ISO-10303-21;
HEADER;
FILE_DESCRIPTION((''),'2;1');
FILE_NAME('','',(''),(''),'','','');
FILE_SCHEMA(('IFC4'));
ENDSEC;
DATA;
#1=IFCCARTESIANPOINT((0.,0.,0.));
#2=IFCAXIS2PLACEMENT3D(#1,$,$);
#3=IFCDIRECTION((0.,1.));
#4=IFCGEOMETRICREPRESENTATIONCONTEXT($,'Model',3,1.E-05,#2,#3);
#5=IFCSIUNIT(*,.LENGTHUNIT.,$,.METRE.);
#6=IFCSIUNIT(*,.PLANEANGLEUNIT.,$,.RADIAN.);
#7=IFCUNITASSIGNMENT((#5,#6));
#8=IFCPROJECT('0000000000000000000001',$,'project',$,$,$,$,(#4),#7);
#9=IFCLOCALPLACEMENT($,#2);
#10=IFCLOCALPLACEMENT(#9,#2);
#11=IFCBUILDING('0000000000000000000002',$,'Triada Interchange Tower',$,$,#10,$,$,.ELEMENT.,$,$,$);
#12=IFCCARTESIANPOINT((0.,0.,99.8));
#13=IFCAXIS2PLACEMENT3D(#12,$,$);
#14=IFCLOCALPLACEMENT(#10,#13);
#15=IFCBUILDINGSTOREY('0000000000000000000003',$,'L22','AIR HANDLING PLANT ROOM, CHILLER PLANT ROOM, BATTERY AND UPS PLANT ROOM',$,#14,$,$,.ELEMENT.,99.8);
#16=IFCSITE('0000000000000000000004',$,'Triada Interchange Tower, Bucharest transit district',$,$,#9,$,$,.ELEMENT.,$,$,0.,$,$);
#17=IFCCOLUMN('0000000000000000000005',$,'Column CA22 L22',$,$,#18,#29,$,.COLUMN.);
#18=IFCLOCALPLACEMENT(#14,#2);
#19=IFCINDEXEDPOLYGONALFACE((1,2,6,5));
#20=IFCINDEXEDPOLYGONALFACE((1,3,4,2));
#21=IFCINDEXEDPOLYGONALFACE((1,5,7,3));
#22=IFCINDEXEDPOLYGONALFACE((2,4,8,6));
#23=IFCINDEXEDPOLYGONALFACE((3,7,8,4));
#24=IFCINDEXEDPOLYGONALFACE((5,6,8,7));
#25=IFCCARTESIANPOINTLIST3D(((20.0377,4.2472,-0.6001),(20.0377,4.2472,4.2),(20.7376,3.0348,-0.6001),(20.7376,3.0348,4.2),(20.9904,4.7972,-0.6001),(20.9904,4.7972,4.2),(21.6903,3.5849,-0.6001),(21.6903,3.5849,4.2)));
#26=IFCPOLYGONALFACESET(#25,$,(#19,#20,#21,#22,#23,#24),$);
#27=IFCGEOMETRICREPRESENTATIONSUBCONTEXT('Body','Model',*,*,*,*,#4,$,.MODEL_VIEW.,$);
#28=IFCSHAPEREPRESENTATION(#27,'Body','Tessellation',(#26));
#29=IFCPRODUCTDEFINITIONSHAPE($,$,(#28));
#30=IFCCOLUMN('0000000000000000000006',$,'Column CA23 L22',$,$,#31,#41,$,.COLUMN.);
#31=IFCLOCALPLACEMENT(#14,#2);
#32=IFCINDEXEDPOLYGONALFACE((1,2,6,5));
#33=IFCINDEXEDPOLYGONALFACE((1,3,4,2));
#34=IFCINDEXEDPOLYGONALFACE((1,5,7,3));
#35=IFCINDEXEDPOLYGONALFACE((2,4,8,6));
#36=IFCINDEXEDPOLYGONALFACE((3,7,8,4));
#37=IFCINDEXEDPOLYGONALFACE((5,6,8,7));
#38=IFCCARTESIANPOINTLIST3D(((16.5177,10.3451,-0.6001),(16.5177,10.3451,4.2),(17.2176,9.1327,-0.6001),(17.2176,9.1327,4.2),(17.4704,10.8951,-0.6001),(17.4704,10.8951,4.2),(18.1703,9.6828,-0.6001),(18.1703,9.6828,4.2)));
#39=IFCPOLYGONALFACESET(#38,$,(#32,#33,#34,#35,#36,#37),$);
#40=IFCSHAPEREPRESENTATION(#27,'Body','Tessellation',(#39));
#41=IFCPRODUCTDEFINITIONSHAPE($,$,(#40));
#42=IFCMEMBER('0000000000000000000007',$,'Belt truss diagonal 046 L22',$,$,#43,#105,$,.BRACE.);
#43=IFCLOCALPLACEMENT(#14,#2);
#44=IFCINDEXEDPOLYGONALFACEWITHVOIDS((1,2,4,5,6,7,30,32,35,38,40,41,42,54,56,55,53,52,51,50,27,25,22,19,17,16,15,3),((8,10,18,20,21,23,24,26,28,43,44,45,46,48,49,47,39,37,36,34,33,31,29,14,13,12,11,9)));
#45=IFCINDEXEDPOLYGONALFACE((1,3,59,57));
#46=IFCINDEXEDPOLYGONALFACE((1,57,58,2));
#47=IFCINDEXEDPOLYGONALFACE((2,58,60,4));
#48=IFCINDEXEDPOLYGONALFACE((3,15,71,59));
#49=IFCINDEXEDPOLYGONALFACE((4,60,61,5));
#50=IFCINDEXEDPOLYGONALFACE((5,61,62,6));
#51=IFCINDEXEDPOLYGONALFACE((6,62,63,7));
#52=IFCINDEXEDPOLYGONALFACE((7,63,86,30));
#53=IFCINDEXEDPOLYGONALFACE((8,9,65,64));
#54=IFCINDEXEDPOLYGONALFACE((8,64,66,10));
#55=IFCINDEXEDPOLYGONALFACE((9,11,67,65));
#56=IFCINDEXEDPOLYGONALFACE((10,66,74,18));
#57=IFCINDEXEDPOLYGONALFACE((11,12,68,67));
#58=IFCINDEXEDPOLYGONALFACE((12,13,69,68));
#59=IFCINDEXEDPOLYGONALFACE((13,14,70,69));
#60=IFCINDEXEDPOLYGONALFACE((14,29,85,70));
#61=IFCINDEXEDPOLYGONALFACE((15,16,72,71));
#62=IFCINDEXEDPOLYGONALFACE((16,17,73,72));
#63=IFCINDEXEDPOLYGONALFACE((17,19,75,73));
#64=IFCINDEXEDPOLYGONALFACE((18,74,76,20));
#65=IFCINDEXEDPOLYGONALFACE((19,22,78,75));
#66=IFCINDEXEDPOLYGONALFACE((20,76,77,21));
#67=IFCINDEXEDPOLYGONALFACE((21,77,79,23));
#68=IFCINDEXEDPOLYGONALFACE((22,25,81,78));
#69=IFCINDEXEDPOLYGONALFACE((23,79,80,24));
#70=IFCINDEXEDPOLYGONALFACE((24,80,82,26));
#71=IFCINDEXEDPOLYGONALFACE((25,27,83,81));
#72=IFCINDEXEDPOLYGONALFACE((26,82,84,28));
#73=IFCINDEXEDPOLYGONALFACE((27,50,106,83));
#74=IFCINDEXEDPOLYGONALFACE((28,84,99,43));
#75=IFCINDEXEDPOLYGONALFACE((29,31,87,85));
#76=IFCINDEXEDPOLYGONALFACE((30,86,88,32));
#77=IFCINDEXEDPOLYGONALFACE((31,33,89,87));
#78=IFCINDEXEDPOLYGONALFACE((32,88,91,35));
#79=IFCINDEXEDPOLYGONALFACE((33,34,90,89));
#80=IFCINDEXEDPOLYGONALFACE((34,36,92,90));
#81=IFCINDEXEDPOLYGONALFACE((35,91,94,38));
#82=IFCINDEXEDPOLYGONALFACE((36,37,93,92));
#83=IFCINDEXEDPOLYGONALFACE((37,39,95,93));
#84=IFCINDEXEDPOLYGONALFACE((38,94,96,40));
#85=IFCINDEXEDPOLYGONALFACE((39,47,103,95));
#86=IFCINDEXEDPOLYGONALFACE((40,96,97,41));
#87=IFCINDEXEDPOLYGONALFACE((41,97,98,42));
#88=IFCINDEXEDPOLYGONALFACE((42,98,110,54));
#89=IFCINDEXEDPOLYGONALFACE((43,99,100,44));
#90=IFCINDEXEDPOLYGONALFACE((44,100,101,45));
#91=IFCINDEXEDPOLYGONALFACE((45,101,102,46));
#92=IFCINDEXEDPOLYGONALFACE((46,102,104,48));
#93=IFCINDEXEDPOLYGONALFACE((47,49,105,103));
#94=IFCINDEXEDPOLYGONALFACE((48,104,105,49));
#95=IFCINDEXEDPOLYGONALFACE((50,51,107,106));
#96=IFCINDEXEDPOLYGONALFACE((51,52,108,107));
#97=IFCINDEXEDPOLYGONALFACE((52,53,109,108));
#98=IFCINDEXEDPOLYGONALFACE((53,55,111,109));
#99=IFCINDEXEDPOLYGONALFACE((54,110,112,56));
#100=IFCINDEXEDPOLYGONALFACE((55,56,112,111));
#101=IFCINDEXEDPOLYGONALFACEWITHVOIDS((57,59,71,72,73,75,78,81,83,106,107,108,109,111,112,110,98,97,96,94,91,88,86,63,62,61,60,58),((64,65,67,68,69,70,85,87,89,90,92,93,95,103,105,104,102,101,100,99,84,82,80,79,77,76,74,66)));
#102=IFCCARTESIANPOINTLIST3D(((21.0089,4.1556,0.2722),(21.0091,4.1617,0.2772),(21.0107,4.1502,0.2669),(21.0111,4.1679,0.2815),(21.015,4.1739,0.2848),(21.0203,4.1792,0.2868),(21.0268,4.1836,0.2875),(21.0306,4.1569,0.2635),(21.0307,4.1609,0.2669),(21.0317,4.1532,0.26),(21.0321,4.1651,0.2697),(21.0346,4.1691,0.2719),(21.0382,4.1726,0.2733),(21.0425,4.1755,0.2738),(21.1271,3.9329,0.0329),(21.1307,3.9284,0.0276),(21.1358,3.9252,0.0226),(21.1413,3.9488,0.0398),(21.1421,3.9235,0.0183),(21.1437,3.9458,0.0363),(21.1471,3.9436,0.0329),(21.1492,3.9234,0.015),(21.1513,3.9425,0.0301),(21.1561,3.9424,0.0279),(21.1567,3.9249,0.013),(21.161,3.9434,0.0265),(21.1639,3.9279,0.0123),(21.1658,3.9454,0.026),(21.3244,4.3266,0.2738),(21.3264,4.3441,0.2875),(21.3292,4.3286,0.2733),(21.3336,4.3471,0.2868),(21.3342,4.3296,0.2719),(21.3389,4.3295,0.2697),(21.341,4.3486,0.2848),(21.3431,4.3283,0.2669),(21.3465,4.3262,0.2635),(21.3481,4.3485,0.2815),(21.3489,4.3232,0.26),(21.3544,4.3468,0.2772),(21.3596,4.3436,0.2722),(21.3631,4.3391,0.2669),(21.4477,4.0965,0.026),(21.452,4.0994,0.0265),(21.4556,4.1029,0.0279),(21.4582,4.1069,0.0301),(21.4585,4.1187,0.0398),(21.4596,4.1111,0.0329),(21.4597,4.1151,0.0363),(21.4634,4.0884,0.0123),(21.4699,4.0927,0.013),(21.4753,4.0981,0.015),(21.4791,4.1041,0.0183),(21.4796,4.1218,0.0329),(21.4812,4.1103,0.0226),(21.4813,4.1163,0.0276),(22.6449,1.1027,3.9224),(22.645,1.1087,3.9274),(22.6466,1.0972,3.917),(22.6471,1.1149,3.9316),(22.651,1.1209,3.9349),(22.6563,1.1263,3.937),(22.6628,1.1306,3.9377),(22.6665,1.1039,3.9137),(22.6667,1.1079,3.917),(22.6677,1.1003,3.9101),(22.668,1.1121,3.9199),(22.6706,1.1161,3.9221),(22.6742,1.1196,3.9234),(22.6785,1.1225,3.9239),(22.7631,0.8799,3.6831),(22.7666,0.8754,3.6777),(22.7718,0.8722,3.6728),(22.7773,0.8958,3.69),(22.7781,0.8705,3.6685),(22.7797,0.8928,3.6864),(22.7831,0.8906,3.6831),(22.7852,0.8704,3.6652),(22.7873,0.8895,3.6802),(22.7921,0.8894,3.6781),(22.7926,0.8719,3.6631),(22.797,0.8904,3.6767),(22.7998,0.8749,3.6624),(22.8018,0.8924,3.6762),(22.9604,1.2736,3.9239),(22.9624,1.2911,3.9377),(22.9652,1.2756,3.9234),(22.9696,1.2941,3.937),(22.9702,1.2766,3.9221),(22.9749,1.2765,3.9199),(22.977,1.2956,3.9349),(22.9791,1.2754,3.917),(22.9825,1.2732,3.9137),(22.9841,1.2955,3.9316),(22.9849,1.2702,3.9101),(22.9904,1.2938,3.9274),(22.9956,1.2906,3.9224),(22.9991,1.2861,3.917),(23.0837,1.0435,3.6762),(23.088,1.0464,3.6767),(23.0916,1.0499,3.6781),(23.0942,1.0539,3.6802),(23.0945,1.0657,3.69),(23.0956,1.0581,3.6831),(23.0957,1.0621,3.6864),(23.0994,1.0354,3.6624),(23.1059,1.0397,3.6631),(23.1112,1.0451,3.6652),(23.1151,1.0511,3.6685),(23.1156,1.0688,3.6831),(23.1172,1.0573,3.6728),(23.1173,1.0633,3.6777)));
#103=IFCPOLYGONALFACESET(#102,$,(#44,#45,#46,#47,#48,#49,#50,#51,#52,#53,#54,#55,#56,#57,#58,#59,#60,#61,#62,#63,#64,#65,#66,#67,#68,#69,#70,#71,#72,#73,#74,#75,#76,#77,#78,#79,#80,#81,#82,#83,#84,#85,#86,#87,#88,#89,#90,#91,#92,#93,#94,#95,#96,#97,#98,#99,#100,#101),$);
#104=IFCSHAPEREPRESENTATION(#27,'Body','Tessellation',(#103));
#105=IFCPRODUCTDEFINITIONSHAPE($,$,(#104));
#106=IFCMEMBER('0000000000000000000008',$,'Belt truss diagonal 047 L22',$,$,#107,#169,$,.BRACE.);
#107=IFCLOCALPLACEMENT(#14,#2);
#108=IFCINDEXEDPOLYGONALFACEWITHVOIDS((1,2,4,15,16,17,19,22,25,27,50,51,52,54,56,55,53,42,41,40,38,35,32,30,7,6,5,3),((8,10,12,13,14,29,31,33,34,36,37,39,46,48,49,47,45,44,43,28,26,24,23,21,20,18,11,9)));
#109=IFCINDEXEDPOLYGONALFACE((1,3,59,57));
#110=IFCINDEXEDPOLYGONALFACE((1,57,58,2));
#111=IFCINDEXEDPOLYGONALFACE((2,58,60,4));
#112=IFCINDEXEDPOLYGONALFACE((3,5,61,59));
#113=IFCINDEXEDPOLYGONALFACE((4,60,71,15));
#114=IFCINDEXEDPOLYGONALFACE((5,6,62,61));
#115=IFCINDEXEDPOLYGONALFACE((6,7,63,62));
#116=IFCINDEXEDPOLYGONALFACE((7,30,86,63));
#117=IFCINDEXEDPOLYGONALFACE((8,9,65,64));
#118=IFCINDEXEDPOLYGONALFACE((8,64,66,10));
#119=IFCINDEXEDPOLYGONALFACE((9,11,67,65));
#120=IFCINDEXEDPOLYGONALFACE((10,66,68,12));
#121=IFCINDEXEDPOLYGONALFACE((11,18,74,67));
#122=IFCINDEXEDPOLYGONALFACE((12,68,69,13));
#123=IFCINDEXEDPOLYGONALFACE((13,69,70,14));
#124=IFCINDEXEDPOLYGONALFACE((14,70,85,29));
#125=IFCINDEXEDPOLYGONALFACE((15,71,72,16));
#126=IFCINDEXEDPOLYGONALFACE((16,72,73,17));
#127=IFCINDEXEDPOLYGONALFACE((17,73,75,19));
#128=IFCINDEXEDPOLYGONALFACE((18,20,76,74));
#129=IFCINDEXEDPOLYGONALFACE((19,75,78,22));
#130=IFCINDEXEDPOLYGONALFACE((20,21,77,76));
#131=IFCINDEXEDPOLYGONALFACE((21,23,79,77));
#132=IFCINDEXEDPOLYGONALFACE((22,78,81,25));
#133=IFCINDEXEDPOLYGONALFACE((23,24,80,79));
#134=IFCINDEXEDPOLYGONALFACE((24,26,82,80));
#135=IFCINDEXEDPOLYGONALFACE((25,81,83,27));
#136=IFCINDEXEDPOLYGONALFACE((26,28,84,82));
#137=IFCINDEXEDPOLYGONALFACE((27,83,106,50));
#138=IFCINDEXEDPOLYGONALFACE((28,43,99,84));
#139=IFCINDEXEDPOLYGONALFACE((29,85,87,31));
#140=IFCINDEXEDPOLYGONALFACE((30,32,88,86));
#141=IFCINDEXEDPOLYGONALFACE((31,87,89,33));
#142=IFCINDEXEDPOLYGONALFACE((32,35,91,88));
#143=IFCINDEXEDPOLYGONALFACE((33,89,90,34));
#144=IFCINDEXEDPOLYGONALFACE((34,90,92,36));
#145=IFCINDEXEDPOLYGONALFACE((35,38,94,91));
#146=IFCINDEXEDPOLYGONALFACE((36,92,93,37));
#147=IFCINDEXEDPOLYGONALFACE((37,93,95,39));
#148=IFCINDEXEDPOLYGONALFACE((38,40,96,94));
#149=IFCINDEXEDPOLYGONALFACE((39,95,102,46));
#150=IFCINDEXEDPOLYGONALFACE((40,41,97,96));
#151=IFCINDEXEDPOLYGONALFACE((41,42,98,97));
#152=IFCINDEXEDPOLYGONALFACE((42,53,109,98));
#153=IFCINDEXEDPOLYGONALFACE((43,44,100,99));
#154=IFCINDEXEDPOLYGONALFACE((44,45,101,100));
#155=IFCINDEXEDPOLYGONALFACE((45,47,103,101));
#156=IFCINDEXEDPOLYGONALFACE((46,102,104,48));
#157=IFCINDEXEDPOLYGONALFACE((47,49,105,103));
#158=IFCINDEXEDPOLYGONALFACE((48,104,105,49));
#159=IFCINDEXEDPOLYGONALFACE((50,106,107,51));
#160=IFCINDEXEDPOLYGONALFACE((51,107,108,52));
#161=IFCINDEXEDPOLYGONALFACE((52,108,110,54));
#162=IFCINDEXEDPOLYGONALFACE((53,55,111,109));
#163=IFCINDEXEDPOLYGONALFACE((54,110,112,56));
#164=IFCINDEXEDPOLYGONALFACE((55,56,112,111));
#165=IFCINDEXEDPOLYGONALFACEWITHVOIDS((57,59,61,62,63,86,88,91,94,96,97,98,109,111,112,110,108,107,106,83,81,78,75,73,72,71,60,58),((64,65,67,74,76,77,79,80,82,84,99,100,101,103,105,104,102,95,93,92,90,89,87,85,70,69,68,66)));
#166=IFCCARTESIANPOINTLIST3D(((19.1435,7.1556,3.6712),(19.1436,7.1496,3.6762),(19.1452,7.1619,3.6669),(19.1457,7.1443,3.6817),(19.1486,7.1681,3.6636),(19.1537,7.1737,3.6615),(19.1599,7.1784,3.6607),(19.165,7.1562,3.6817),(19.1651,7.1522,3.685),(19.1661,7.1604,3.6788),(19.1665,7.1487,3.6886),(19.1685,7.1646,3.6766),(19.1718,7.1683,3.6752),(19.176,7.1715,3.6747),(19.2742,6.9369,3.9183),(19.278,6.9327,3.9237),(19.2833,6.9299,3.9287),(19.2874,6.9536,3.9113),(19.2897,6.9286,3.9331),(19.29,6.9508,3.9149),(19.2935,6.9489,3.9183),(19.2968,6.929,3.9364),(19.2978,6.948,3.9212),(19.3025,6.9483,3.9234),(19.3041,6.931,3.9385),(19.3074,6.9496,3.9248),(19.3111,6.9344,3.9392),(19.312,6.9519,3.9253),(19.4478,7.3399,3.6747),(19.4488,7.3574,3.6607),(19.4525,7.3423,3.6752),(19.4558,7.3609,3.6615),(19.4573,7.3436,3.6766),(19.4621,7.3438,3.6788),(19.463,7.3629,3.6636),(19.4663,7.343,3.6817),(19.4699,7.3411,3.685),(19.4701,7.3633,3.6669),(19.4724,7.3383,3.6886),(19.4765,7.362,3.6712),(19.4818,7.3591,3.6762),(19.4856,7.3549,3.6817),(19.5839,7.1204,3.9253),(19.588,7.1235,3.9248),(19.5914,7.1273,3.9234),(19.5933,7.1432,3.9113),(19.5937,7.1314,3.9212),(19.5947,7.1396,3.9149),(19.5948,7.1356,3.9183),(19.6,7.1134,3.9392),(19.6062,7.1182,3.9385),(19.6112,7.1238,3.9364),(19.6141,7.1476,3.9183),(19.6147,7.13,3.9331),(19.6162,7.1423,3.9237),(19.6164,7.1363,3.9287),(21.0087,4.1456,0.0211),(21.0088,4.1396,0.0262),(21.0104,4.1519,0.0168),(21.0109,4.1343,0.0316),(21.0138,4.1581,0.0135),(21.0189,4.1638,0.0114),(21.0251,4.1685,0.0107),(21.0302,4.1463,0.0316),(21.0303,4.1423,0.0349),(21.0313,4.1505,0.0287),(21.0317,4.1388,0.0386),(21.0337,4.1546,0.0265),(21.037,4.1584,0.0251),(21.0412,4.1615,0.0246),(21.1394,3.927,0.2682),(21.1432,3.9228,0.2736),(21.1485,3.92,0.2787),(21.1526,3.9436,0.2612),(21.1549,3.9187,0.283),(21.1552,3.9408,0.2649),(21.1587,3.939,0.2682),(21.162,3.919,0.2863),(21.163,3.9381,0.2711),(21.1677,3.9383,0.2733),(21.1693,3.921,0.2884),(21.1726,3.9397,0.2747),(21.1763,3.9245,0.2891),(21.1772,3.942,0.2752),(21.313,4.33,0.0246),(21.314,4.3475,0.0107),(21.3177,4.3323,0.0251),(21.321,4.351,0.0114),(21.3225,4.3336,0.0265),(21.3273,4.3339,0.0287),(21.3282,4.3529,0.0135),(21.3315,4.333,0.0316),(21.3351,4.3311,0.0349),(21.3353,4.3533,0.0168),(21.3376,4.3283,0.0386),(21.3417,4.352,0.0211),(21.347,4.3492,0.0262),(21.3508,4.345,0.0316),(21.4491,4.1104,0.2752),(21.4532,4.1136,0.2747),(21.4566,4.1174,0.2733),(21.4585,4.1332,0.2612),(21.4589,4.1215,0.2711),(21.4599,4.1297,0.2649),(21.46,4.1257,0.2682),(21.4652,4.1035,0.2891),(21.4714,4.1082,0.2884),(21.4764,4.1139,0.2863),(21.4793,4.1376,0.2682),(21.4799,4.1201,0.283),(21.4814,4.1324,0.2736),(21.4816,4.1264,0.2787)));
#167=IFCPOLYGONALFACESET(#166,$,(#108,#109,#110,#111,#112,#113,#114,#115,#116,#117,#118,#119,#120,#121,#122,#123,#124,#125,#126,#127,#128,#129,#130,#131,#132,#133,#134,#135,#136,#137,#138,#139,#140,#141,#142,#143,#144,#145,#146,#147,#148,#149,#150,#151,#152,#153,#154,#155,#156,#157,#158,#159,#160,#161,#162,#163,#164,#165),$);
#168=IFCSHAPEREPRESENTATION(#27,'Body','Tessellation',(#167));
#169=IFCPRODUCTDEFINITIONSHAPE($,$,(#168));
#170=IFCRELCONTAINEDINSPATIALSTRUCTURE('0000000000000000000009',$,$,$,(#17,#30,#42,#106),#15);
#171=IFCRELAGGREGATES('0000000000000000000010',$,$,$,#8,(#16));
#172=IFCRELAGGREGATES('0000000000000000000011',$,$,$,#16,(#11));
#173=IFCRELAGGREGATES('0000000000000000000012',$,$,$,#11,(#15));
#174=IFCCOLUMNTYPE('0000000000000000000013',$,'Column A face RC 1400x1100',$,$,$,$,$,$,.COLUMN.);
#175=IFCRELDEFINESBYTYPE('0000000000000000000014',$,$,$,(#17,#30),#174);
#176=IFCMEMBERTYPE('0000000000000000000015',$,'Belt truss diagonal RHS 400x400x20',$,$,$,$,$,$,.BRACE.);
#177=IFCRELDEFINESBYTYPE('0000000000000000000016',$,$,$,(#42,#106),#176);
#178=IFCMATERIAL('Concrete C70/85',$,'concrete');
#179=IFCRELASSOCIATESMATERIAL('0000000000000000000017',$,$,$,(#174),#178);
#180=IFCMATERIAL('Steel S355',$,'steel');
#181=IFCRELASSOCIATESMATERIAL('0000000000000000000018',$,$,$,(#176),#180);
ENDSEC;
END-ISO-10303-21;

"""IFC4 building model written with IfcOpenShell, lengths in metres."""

from ifc_helpers import new_model, si_unit, direction, frame, origin, origin_2d, place, context, subcontext, project, spatial, rectangle, hollow_rectangle, extrude, material, material_profile, profile_set, type_object, element, save


model = new_model("IFC4")

# Units and contexts
model_context = context("Model", 3, precision=1e-05, world=origin(), true_north=direction((0.0, 1.0)))
body_context = subcontext(model_context, "Body", "Model", "MODEL_VIEW")
ifc_project = project(units=[si_unit("LENGTHUNIT", "METRE"), si_unit("PLANEANGLEUNIT", "RADIAN")], contexts=[model_context])

# Site, building, storey
site_placement = place(None, origin())
site = spatial("IfcSite", under=ifc_project, at=site_placement, Name="Triada Interchange Tower, Bucharest transit district", CompositionType="ELEMENT", RefElevation=0.0)
building_placement = place(site_placement, origin())
building = spatial("IfcBuilding", under=site, at=building_placement, Name="Triada Interchange Tower", CompositionType="ELEMENT")
storey_placement = place(building_placement, frame((0.0, 0.0, 99.8)))
storey = spatial("IfcBuildingStorey", under=building, at=storey_placement, Name="L22", Description="AIR HANDLING PLANT ROOM, CHILLER PLANT ROOM, BATTERY AND UPS PLANT ROOM", CompositionType="ELEMENT", Elevation=99.8)

# Columns
ifc_material_1 = material(Name="Concrete C70/85", Category="concrete")
ifc_material_profile_1 = material_profile(ifc_material_1, rectangle(XDim=1.3999, YDim=1.1001, at=origin_2d()), Name="RC 1400x1100")
ifc_profile_set_1 = profile_set([ifc_material_profile_1], Name="Concrete C70/85")
column_type = type_object("IfcColumnType", Name="Column A face RC 1400x1100", PredefinedType="COLUMN", material=ifc_profile_set_1)
for number, where, z_axis, x_axis, name in (
    (1, (20.864, 3.916, -0.6001), (0.0, 0.0, 1.0), (-0.5, 0.866025, 0.0), "Column CA22 L22"),
    (2, (17.344, 10.0139, -0.6001), (0.0, 0.0, 1.0), (-0.5, 0.866025, 0.0), "Column CA23 L22"),
):
    element("IfcColumn", number, at=place(storey_placement, frame(where, z_axis=z_axis, x_axis=x_axis)), inside=storey, type_object=column_type, Name=name, PredefinedType="COLUMN", context=body_context, shape_type="SweptSolid", body=[
        extrude(rectangle(XDim=1.3999, YDim=1.1001, at=origin_2d()), origin(), (0.0, 0.0, 1.0), 4.8),
    ])

# Members
ifc_material_2 = material(Name="Steel S355", Category="steel")
ifc_material_profile_2 = material_profile(ifc_material_2, hollow_rectangle(XDim=0.3999, YDim=0.3999, WallThickness=0.02, InnerFilletRadius=0.02, OuterFilletRadius=0.03, at=origin_2d()), Name="RHS 400x400x20")
ifc_profile_set_2 = profile_set([ifc_material_profile_2], Name="Steel S355")
member_type = type_object("IfcMemberType", Name="Belt truss diagonal RHS 400x400x20", PredefinedType="BRACE", material=ifc_profile_set_2)
member_1_placement = place(storey_placement, frame((21.2451, 4.136, 0.1499), z_axis=(0.325119, -0.606717, 0.725391), x_axis=(0.881424, 0.472325, 0.0)))
element("IfcMember", 3, at=member_1_placement, inside=storey, type_object=member_type, Name="Belt truss diagonal 046 L22", PredefinedType="BRACE", context=body_context, shape_type="SweptSolid", body=[
    extrude(hollow_rectangle(XDim=0.3999, YDim=0.3999, WallThickness=0.02, InnerFilletRadius=0.02, OuterFilletRadius=0.03, at=origin_2d()), origin(), (0.0, 0.0, 1.0), 5.032),
])
member_2_placement = place(storey_placement, frame((21.2451, 4.136, 0.1499), z_axis=(-0.366771, 0.591875, 0.717748), x_axis=(-0.850026, -0.526741, 0.0)))
element("IfcMember", 4, at=member_2_placement, inside=storey, type_object=member_type, Name="Belt truss diagonal 047 L22", PredefinedType="BRACE", context=body_context, shape_type="SweptSolid", body=[
    extrude(hollow_rectangle(XDim=0.3999, YDim=0.3999, WallThickness=0.02, InnerFilletRadius=0.02, OuterFilletRadius=0.03, at=origin_2d()), origin(), (0.0, 0.0, 1.0), 5.0854),
])

save(model, "model.ifc")
